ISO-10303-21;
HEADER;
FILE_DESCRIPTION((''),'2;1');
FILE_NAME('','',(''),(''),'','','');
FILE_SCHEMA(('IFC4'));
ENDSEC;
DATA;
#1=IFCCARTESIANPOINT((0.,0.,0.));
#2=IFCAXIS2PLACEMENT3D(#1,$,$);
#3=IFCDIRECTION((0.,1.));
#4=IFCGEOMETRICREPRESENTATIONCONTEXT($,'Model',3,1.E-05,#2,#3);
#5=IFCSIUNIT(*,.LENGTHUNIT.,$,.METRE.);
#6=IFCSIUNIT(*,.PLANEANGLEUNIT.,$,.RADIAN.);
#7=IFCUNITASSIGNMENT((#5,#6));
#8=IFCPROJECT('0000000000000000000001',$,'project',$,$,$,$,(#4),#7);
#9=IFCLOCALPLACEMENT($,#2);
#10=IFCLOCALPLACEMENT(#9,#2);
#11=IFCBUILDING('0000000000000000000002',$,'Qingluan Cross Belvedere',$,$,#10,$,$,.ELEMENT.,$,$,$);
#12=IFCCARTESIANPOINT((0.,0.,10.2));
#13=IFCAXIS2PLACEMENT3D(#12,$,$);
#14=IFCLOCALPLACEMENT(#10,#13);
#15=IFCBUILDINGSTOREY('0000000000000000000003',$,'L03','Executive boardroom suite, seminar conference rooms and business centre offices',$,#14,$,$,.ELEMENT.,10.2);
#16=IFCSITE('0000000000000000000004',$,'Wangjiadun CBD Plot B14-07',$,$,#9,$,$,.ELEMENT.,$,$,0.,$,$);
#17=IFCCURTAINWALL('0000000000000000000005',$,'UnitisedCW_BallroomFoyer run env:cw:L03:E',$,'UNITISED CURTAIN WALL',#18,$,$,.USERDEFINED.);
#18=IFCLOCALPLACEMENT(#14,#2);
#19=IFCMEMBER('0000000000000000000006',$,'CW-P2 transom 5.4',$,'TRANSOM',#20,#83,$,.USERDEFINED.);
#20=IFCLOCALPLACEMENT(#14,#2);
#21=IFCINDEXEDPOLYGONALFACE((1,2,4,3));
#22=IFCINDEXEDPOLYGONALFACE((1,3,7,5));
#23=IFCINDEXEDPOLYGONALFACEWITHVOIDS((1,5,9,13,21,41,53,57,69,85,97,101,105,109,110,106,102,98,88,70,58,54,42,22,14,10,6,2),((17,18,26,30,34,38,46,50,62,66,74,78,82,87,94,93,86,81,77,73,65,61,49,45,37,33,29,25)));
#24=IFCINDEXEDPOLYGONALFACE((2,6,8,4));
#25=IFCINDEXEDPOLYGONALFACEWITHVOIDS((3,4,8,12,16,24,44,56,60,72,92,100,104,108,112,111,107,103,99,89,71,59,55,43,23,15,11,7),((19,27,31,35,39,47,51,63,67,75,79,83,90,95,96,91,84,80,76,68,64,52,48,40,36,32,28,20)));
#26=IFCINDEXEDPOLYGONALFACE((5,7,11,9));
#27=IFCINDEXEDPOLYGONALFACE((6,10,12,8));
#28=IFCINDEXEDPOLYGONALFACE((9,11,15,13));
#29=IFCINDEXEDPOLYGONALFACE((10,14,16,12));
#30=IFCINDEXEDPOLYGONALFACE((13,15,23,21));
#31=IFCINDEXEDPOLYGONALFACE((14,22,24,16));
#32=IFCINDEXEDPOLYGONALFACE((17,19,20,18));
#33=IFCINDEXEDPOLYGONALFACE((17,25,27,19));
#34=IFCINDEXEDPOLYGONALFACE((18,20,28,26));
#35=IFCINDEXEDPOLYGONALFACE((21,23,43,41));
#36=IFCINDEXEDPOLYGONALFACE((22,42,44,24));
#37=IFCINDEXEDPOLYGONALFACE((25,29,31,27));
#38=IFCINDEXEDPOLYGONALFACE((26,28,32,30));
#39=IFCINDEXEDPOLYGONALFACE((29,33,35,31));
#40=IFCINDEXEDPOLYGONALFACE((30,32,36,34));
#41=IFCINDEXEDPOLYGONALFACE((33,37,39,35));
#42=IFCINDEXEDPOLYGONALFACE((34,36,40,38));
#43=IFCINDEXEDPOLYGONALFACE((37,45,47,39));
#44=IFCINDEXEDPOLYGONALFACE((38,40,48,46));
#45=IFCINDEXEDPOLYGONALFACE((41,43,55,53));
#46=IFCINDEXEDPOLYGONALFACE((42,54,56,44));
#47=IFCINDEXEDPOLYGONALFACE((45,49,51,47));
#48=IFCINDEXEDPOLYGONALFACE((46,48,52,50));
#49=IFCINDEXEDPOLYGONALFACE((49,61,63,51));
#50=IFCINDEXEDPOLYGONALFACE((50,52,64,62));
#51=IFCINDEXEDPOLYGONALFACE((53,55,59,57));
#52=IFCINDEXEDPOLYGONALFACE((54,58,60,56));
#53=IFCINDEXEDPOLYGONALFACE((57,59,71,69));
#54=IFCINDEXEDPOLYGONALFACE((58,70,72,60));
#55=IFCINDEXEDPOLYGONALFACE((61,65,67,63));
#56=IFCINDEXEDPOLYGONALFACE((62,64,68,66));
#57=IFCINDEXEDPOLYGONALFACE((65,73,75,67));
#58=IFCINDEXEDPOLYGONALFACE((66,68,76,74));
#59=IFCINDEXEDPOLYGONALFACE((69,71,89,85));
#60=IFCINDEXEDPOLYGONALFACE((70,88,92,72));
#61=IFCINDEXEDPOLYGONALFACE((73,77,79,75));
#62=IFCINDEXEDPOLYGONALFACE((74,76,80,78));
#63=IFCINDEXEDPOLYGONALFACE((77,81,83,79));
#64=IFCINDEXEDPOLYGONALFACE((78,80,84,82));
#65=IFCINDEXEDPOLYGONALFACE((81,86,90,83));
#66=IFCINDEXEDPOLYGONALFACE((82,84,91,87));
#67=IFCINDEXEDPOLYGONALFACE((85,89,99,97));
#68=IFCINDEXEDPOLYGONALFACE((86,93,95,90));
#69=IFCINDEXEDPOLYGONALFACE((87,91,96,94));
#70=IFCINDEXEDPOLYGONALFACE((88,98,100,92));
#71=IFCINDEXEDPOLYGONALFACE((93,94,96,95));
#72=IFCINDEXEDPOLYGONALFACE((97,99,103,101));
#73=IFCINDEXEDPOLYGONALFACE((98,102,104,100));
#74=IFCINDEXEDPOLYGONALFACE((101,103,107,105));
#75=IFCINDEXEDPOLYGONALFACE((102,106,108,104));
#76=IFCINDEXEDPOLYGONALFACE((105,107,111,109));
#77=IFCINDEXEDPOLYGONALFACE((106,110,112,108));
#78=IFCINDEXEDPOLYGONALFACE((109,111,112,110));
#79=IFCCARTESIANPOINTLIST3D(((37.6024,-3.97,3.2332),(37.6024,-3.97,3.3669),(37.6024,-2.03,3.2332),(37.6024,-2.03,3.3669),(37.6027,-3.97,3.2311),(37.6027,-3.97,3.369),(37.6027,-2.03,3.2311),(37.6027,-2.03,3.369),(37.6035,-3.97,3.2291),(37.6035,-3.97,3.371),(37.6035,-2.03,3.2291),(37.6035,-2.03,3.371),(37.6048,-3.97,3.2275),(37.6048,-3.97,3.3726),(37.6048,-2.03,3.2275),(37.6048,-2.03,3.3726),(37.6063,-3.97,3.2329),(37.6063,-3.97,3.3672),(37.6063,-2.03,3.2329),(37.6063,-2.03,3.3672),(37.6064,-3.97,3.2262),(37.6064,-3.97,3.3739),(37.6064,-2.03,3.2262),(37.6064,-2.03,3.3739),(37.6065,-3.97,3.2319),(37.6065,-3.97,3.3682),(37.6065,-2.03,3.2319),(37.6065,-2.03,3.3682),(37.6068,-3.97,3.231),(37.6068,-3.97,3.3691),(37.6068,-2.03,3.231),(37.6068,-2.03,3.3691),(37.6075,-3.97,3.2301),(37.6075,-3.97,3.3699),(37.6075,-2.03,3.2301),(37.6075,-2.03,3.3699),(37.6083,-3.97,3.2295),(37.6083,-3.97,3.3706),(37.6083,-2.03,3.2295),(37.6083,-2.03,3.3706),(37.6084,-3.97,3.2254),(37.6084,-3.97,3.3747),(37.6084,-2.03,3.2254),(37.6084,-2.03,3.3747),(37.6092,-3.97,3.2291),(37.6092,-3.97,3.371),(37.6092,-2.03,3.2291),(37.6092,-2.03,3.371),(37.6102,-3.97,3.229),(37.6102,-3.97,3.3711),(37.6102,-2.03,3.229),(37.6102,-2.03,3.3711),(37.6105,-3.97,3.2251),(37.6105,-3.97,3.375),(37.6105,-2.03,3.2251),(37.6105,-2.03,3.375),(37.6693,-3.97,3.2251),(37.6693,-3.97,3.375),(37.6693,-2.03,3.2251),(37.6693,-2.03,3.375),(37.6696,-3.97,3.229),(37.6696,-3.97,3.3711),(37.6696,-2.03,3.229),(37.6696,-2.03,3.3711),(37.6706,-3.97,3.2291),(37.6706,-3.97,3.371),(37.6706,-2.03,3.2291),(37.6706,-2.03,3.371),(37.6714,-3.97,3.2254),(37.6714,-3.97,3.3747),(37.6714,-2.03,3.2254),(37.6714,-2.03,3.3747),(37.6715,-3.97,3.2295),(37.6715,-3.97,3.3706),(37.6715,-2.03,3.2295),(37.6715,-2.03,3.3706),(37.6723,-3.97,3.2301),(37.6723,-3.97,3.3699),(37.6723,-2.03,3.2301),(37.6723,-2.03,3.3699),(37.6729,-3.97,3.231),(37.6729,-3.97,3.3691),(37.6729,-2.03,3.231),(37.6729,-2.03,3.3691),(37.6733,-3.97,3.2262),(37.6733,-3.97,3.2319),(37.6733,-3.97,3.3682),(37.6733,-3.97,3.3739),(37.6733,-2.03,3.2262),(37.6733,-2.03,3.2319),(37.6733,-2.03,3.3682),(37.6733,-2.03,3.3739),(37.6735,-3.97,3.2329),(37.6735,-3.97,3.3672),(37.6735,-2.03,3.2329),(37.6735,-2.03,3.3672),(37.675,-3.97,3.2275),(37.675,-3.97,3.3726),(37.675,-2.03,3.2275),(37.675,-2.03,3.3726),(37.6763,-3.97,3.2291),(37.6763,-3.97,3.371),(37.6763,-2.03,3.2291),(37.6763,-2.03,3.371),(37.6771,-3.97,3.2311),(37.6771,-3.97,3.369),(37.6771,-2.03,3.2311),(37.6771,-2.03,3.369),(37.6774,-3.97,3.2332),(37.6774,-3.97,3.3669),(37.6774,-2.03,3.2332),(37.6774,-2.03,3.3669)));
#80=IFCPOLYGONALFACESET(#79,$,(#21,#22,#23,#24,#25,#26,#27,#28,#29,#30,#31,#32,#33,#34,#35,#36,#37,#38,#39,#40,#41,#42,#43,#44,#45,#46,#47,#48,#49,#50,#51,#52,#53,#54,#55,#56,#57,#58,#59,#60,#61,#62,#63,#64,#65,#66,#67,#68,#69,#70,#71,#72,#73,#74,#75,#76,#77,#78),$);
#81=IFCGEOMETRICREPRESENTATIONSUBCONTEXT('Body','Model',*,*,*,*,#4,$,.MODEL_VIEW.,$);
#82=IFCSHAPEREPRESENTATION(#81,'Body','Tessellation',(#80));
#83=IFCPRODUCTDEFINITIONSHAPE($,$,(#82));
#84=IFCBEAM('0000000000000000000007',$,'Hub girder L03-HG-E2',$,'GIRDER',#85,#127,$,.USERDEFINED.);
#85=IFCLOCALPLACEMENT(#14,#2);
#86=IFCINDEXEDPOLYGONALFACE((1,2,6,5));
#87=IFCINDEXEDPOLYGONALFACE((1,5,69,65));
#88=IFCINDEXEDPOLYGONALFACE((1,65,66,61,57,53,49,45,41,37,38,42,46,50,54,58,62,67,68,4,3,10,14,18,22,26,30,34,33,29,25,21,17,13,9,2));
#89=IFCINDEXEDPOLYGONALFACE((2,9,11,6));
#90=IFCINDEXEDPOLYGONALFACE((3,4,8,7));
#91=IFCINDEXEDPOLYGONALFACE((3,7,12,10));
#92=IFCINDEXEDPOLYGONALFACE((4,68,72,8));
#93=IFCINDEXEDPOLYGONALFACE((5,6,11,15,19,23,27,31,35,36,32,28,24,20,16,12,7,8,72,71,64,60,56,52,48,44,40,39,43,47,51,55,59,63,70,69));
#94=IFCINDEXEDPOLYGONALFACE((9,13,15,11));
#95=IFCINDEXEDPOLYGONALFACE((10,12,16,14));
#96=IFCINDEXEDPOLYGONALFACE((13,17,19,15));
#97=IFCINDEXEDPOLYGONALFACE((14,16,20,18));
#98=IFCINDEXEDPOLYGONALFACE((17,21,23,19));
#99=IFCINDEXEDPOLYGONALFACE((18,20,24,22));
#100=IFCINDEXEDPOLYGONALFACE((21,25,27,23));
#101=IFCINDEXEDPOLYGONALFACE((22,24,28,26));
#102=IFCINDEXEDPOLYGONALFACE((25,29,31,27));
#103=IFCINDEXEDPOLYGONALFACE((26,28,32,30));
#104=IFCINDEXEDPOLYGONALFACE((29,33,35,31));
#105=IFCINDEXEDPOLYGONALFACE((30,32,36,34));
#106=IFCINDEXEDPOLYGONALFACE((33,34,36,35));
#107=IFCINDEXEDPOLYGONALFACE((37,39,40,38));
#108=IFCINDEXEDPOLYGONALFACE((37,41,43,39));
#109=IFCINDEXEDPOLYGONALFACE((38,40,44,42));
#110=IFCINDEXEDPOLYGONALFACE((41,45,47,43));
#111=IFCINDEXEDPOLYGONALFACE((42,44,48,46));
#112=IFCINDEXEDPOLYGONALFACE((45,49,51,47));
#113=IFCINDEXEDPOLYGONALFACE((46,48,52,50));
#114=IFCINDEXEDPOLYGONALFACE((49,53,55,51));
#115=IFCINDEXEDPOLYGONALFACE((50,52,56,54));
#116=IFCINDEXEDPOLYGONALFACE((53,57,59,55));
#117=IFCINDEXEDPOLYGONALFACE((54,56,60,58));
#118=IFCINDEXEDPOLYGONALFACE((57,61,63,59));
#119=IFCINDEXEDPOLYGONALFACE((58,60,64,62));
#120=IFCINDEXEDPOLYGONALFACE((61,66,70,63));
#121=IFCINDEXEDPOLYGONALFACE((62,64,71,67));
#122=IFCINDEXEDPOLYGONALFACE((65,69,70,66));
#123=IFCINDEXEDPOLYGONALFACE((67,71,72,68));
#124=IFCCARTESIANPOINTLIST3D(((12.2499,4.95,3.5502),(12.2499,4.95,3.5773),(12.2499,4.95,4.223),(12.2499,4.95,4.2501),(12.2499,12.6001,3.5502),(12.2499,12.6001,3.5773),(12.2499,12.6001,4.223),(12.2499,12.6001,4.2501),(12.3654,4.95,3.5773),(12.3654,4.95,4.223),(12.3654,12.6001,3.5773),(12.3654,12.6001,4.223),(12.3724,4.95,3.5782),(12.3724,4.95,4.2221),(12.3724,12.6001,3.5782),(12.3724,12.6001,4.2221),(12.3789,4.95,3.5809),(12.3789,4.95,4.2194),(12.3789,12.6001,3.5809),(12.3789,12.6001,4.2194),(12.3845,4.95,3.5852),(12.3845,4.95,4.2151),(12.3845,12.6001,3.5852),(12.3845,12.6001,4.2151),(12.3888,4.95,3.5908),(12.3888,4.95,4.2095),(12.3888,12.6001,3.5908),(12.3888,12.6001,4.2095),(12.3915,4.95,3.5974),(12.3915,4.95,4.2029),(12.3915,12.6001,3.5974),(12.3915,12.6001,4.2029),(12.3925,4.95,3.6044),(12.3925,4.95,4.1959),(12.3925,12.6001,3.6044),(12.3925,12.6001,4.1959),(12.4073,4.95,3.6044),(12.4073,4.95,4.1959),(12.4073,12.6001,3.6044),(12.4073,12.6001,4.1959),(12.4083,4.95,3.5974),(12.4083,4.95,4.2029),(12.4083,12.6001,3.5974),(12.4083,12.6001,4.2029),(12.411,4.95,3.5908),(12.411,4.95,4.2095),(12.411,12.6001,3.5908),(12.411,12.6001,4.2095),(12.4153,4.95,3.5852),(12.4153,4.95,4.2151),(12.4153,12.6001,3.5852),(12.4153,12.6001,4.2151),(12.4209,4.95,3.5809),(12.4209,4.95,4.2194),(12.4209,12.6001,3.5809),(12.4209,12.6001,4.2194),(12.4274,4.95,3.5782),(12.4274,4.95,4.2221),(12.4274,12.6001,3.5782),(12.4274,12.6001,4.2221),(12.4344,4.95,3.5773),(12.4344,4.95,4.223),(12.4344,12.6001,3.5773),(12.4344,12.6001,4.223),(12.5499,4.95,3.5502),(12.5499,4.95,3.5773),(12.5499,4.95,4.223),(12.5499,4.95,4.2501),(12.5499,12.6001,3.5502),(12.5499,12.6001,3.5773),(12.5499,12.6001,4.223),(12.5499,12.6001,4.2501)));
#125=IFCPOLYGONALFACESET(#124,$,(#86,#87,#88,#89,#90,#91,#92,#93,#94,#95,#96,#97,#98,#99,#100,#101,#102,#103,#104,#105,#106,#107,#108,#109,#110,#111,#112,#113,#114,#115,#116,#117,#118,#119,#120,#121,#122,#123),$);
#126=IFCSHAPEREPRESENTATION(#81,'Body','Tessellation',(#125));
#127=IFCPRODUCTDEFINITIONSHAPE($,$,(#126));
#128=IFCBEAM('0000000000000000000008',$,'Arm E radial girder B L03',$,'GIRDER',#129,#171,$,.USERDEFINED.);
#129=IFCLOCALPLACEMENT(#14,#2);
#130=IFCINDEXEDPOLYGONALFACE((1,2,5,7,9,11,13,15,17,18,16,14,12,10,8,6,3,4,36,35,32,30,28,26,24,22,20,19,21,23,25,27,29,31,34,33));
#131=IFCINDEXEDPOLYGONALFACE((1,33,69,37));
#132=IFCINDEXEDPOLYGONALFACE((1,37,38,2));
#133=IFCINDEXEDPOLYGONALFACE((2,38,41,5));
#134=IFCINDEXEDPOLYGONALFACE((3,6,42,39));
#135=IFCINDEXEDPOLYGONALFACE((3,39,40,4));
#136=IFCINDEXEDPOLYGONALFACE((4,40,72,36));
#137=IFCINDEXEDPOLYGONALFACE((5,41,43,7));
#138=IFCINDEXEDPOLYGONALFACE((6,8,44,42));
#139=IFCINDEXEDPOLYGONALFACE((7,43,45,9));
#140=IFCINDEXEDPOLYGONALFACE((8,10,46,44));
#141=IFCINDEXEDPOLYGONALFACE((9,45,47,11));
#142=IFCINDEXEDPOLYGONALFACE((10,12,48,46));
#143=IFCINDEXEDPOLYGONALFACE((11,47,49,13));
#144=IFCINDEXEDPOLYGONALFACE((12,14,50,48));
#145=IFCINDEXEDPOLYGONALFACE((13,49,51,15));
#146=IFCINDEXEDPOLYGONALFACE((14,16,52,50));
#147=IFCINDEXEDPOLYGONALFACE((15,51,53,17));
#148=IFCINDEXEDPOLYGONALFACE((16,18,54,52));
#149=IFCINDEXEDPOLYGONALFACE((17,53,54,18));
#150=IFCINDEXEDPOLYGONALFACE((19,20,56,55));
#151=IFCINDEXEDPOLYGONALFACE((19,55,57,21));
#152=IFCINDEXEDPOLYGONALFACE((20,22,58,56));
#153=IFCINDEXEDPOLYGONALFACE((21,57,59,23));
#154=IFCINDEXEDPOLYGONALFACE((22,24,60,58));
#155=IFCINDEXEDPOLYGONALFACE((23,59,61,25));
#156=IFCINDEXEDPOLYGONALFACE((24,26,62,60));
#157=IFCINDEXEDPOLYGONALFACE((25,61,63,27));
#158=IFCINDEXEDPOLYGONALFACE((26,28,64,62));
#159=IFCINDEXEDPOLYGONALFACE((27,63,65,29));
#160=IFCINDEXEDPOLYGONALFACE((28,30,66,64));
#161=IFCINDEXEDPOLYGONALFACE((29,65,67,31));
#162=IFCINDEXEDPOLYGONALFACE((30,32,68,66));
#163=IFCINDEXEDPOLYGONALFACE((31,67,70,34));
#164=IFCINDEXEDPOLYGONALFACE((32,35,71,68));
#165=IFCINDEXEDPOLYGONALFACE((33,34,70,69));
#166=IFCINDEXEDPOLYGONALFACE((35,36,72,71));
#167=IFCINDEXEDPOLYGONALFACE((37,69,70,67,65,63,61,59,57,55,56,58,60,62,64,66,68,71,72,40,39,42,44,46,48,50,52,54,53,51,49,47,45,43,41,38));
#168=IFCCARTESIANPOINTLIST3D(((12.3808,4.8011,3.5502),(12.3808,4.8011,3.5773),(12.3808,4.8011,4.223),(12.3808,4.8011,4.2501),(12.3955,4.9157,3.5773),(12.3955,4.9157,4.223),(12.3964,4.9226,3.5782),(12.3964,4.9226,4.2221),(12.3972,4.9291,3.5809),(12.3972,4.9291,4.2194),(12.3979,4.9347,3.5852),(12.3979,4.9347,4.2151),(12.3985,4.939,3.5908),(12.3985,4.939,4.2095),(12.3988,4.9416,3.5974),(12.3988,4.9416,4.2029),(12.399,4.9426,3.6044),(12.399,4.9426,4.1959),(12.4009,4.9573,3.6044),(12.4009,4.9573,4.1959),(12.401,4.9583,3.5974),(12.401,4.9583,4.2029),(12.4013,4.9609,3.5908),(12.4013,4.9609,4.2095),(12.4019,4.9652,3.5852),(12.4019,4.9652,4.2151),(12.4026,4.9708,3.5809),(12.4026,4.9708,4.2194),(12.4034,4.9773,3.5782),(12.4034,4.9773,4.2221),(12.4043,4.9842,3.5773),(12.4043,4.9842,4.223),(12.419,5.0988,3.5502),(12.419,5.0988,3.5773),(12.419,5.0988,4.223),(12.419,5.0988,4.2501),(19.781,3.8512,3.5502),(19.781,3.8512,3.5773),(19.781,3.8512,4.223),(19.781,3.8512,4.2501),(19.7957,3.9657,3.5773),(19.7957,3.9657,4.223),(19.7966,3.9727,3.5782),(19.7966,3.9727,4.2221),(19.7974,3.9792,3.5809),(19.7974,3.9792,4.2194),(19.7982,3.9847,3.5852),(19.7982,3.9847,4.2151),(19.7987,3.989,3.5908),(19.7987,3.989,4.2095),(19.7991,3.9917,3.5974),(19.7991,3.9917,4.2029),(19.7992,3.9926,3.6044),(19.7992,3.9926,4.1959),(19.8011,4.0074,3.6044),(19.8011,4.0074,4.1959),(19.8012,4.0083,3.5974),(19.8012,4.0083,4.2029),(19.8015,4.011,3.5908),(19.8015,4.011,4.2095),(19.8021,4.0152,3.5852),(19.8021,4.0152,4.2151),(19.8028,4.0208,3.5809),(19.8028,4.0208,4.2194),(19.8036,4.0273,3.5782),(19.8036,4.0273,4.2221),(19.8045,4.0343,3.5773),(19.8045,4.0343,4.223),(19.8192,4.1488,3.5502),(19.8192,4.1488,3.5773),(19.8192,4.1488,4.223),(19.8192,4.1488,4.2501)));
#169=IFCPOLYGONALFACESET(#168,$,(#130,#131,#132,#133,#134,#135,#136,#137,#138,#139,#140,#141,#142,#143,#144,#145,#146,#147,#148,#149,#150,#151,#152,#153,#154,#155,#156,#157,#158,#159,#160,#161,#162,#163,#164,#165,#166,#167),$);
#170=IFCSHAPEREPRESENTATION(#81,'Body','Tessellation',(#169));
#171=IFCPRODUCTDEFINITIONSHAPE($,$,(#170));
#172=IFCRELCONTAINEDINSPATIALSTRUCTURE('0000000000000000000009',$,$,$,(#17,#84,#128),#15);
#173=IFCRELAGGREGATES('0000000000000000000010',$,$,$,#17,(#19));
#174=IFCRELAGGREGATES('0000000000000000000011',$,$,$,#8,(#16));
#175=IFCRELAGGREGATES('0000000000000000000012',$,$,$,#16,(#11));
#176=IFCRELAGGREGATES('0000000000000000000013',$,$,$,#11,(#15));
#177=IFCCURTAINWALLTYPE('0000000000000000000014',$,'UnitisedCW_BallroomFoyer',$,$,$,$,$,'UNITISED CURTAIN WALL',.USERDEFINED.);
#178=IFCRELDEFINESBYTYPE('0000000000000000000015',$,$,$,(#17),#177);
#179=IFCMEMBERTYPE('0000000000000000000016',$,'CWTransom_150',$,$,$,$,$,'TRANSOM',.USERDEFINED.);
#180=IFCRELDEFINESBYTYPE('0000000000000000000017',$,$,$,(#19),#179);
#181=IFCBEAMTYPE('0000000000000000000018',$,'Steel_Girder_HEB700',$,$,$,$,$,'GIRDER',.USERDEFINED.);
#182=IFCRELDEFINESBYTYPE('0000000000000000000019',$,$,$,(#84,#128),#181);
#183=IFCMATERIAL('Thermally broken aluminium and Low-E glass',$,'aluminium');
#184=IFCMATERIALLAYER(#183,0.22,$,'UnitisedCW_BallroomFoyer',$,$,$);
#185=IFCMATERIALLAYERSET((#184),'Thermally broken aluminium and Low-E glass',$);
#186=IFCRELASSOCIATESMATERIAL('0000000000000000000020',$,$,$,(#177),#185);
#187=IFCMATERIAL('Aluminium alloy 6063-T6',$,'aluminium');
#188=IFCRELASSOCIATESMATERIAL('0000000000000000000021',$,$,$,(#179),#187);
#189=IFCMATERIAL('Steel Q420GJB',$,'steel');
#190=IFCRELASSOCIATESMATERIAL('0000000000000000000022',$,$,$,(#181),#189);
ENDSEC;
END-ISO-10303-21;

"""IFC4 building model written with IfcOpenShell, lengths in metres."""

from ifc_helpers import new_model, si_unit, direction, frame, origin, origin_2d, place, context, subcontext, project, spatial, hollow_rectangle, i_section, extrude, material, layer, layer_set, material_profile, profile_set, type_object, element, aggregate, save


model = new_model("IFC4")

# Units and contexts
model_context = context("Model", 3, precision=1e-05, world=origin(), true_north=direction((0.0, 1.0)))
body_context = subcontext(model_context, "Body", "Model", "MODEL_VIEW")
ifc_project = project(units=[si_unit("LENGTHUNIT", "METRE"), si_unit("PLANEANGLEUNIT", "RADIAN")], contexts=[model_context])

# Site, building, storey
site_placement = place(None, origin())
site = spatial("IfcSite", under=ifc_project, at=site_placement, Name="Wangjiadun CBD Plot B14-07", CompositionType="ELEMENT", RefElevation=0.0)
building_placement = place(site_placement, origin())
building = spatial("IfcBuilding", under=site, at=building_placement, Name="Qingluan Cross Belvedere", CompositionType="ELEMENT")
storey_placement = place(building_placement, frame((0.0, 0.0, 10.2)))
storey = spatial("IfcBuildingStorey", under=building, at=storey_placement, Name="L03", Description="Executive boardroom suite, seminar conference rooms and business centre offices", CompositionType="ELEMENT", Elevation=10.2)

# Curtain wall, member
ifc_material_1 = material(Name="Thermally broken aluminium and Low-E glass", Category="aluminium")
ifc_layer_1 = layer(ifc_material_1, 0.22, Name="UnitisedCW_BallroomFoyer")
ifc_layer_set_1 = layer_set([ifc_layer_1], Name="Thermally broken aluminium and Low-E glass")
curtain_wall_type = type_object("IfcCurtainWallType", Name="UnitisedCW_BallroomFoyer", ElementType="UNITISED CURTAIN WALL", PredefinedType="USERDEFINED", material=ifc_layer_set_1)
curtain_wall_placement = place(storey_placement, origin())
curtain_wall = element("IfcCurtainWall", 1, at=curtain_wall_placement, inside=storey, type_object=curtain_wall_type, Name="UnitisedCW_BallroomFoyer run env:cw:L03:E", ObjectType="UNITISED CURTAIN WALL", PredefinedType="USERDEFINED")
ifc_material_2 = material(Name="Aluminium alloy 6063-T6", Category="aluminium")
ifc_material_profile_1 = material_profile(ifc_material_2, hollow_rectangle(XDim=0.075, YDim=0.1499, WallThickness=0.0039, InnerFilletRadius=0.0039, OuterFilletRadius=0.0081, at=origin_2d()), Name="CWT150x75x4")
ifc_profile_set_1 = profile_set([ifc_material_profile_1], Name="Aluminium alloy 6063-T6")
member_type_1 = type_object("IfcMemberType", Name="CWTransom_150", ElementType="TRANSOM", PredefinedType="USERDEFINED", material=ifc_profile_set_1)
member_1_placement = place(storey_placement, frame((37.6399, -2.03, 3.3), z_axis=(0.0, -1.0, 0.0), x_axis=(1.0, 0.0, 0.0)))
member_1 = element("IfcMember", 2, at=member_1_placement, type_object=member_type_1, Name="CW-P2 transom 5.4", ObjectType="TRANSOM", PredefinedType="USERDEFINED", context=body_context, shape_type="SweptSolid", body=[
    extrude(hollow_rectangle(XDim=0.075, YDim=0.1499, WallThickness=0.0039, InnerFilletRadius=0.0039, OuterFilletRadius=0.0081, at=origin_2d()), origin(), (0.0, 0.0, 1.0), 1.9399),
])
aggregate(curtain_wall, [member_1])

# Beams
ifc_material_3 = material(Name="Steel Q420GJB", Category="steel")
ifc_material_profile_2 = material_profile(ifc_material_3, i_section(OverallWidth=0.3, OverallDepth=0.7, WebThickness=0.0149, FlangeThickness=0.0271, FilletRadius=0.0271, at=origin_2d()), Name="HEB700")
ifc_profile_set_2 = profile_set([ifc_material_profile_2], Name="Steel Q420GJB")
beam_type = type_object("IfcBeamType", Name="Steel_Girder_HEB700", ElementType="GIRDER", PredefinedType="USERDEFINED", material=ifc_profile_set_2)
beam_1_placement = place(storey_placement, frame((12.3999, 4.95, 3.9001), z_axis=(0.0, 1.0, 0.0), x_axis=(-1.0, 0.0, 0.0)))
element("IfcBeam", 3, at=beam_1_placement, inside=storey, type_object=beam_type, Name="Hub girder L03-HG-E2", ObjectType="GIRDER", PredefinedType="USERDEFINED", context=body_context, shape_type="SweptSolid", body=[
    extrude(i_section(OverallWidth=0.3, OverallDepth=0.7, WebThickness=0.0149, FlangeThickness=0.0271, FilletRadius=0.0271, at=origin_2d()), origin(), (0.0, 0.0, 1.0), 7.6501),
])
beam_2_placement = place(storey_placement, frame((12.3999, 4.95, 3.9001), z_axis=(0.991861, -0.127324, 0.0), x_axis=(0.127324, 0.991861, 0.0)))
element("IfcBeam", 4, at=beam_2_placement, inside=storey, type_object=beam_type, Name="Arm E radial girder B L03", ObjectType="GIRDER", PredefinedType="USERDEFINED", context=body_context, shape_type="SweptSolid", body=[
    extrude(i_section(OverallWidth=0.3, OverallDepth=0.7, WebThickness=0.0149, FlangeThickness=0.0271, FilletRadius=0.0271, at=origin_2d()), origin(), (0.0, 0.0, 1.0), 7.4609),
])

save(model, "model.ifc")
